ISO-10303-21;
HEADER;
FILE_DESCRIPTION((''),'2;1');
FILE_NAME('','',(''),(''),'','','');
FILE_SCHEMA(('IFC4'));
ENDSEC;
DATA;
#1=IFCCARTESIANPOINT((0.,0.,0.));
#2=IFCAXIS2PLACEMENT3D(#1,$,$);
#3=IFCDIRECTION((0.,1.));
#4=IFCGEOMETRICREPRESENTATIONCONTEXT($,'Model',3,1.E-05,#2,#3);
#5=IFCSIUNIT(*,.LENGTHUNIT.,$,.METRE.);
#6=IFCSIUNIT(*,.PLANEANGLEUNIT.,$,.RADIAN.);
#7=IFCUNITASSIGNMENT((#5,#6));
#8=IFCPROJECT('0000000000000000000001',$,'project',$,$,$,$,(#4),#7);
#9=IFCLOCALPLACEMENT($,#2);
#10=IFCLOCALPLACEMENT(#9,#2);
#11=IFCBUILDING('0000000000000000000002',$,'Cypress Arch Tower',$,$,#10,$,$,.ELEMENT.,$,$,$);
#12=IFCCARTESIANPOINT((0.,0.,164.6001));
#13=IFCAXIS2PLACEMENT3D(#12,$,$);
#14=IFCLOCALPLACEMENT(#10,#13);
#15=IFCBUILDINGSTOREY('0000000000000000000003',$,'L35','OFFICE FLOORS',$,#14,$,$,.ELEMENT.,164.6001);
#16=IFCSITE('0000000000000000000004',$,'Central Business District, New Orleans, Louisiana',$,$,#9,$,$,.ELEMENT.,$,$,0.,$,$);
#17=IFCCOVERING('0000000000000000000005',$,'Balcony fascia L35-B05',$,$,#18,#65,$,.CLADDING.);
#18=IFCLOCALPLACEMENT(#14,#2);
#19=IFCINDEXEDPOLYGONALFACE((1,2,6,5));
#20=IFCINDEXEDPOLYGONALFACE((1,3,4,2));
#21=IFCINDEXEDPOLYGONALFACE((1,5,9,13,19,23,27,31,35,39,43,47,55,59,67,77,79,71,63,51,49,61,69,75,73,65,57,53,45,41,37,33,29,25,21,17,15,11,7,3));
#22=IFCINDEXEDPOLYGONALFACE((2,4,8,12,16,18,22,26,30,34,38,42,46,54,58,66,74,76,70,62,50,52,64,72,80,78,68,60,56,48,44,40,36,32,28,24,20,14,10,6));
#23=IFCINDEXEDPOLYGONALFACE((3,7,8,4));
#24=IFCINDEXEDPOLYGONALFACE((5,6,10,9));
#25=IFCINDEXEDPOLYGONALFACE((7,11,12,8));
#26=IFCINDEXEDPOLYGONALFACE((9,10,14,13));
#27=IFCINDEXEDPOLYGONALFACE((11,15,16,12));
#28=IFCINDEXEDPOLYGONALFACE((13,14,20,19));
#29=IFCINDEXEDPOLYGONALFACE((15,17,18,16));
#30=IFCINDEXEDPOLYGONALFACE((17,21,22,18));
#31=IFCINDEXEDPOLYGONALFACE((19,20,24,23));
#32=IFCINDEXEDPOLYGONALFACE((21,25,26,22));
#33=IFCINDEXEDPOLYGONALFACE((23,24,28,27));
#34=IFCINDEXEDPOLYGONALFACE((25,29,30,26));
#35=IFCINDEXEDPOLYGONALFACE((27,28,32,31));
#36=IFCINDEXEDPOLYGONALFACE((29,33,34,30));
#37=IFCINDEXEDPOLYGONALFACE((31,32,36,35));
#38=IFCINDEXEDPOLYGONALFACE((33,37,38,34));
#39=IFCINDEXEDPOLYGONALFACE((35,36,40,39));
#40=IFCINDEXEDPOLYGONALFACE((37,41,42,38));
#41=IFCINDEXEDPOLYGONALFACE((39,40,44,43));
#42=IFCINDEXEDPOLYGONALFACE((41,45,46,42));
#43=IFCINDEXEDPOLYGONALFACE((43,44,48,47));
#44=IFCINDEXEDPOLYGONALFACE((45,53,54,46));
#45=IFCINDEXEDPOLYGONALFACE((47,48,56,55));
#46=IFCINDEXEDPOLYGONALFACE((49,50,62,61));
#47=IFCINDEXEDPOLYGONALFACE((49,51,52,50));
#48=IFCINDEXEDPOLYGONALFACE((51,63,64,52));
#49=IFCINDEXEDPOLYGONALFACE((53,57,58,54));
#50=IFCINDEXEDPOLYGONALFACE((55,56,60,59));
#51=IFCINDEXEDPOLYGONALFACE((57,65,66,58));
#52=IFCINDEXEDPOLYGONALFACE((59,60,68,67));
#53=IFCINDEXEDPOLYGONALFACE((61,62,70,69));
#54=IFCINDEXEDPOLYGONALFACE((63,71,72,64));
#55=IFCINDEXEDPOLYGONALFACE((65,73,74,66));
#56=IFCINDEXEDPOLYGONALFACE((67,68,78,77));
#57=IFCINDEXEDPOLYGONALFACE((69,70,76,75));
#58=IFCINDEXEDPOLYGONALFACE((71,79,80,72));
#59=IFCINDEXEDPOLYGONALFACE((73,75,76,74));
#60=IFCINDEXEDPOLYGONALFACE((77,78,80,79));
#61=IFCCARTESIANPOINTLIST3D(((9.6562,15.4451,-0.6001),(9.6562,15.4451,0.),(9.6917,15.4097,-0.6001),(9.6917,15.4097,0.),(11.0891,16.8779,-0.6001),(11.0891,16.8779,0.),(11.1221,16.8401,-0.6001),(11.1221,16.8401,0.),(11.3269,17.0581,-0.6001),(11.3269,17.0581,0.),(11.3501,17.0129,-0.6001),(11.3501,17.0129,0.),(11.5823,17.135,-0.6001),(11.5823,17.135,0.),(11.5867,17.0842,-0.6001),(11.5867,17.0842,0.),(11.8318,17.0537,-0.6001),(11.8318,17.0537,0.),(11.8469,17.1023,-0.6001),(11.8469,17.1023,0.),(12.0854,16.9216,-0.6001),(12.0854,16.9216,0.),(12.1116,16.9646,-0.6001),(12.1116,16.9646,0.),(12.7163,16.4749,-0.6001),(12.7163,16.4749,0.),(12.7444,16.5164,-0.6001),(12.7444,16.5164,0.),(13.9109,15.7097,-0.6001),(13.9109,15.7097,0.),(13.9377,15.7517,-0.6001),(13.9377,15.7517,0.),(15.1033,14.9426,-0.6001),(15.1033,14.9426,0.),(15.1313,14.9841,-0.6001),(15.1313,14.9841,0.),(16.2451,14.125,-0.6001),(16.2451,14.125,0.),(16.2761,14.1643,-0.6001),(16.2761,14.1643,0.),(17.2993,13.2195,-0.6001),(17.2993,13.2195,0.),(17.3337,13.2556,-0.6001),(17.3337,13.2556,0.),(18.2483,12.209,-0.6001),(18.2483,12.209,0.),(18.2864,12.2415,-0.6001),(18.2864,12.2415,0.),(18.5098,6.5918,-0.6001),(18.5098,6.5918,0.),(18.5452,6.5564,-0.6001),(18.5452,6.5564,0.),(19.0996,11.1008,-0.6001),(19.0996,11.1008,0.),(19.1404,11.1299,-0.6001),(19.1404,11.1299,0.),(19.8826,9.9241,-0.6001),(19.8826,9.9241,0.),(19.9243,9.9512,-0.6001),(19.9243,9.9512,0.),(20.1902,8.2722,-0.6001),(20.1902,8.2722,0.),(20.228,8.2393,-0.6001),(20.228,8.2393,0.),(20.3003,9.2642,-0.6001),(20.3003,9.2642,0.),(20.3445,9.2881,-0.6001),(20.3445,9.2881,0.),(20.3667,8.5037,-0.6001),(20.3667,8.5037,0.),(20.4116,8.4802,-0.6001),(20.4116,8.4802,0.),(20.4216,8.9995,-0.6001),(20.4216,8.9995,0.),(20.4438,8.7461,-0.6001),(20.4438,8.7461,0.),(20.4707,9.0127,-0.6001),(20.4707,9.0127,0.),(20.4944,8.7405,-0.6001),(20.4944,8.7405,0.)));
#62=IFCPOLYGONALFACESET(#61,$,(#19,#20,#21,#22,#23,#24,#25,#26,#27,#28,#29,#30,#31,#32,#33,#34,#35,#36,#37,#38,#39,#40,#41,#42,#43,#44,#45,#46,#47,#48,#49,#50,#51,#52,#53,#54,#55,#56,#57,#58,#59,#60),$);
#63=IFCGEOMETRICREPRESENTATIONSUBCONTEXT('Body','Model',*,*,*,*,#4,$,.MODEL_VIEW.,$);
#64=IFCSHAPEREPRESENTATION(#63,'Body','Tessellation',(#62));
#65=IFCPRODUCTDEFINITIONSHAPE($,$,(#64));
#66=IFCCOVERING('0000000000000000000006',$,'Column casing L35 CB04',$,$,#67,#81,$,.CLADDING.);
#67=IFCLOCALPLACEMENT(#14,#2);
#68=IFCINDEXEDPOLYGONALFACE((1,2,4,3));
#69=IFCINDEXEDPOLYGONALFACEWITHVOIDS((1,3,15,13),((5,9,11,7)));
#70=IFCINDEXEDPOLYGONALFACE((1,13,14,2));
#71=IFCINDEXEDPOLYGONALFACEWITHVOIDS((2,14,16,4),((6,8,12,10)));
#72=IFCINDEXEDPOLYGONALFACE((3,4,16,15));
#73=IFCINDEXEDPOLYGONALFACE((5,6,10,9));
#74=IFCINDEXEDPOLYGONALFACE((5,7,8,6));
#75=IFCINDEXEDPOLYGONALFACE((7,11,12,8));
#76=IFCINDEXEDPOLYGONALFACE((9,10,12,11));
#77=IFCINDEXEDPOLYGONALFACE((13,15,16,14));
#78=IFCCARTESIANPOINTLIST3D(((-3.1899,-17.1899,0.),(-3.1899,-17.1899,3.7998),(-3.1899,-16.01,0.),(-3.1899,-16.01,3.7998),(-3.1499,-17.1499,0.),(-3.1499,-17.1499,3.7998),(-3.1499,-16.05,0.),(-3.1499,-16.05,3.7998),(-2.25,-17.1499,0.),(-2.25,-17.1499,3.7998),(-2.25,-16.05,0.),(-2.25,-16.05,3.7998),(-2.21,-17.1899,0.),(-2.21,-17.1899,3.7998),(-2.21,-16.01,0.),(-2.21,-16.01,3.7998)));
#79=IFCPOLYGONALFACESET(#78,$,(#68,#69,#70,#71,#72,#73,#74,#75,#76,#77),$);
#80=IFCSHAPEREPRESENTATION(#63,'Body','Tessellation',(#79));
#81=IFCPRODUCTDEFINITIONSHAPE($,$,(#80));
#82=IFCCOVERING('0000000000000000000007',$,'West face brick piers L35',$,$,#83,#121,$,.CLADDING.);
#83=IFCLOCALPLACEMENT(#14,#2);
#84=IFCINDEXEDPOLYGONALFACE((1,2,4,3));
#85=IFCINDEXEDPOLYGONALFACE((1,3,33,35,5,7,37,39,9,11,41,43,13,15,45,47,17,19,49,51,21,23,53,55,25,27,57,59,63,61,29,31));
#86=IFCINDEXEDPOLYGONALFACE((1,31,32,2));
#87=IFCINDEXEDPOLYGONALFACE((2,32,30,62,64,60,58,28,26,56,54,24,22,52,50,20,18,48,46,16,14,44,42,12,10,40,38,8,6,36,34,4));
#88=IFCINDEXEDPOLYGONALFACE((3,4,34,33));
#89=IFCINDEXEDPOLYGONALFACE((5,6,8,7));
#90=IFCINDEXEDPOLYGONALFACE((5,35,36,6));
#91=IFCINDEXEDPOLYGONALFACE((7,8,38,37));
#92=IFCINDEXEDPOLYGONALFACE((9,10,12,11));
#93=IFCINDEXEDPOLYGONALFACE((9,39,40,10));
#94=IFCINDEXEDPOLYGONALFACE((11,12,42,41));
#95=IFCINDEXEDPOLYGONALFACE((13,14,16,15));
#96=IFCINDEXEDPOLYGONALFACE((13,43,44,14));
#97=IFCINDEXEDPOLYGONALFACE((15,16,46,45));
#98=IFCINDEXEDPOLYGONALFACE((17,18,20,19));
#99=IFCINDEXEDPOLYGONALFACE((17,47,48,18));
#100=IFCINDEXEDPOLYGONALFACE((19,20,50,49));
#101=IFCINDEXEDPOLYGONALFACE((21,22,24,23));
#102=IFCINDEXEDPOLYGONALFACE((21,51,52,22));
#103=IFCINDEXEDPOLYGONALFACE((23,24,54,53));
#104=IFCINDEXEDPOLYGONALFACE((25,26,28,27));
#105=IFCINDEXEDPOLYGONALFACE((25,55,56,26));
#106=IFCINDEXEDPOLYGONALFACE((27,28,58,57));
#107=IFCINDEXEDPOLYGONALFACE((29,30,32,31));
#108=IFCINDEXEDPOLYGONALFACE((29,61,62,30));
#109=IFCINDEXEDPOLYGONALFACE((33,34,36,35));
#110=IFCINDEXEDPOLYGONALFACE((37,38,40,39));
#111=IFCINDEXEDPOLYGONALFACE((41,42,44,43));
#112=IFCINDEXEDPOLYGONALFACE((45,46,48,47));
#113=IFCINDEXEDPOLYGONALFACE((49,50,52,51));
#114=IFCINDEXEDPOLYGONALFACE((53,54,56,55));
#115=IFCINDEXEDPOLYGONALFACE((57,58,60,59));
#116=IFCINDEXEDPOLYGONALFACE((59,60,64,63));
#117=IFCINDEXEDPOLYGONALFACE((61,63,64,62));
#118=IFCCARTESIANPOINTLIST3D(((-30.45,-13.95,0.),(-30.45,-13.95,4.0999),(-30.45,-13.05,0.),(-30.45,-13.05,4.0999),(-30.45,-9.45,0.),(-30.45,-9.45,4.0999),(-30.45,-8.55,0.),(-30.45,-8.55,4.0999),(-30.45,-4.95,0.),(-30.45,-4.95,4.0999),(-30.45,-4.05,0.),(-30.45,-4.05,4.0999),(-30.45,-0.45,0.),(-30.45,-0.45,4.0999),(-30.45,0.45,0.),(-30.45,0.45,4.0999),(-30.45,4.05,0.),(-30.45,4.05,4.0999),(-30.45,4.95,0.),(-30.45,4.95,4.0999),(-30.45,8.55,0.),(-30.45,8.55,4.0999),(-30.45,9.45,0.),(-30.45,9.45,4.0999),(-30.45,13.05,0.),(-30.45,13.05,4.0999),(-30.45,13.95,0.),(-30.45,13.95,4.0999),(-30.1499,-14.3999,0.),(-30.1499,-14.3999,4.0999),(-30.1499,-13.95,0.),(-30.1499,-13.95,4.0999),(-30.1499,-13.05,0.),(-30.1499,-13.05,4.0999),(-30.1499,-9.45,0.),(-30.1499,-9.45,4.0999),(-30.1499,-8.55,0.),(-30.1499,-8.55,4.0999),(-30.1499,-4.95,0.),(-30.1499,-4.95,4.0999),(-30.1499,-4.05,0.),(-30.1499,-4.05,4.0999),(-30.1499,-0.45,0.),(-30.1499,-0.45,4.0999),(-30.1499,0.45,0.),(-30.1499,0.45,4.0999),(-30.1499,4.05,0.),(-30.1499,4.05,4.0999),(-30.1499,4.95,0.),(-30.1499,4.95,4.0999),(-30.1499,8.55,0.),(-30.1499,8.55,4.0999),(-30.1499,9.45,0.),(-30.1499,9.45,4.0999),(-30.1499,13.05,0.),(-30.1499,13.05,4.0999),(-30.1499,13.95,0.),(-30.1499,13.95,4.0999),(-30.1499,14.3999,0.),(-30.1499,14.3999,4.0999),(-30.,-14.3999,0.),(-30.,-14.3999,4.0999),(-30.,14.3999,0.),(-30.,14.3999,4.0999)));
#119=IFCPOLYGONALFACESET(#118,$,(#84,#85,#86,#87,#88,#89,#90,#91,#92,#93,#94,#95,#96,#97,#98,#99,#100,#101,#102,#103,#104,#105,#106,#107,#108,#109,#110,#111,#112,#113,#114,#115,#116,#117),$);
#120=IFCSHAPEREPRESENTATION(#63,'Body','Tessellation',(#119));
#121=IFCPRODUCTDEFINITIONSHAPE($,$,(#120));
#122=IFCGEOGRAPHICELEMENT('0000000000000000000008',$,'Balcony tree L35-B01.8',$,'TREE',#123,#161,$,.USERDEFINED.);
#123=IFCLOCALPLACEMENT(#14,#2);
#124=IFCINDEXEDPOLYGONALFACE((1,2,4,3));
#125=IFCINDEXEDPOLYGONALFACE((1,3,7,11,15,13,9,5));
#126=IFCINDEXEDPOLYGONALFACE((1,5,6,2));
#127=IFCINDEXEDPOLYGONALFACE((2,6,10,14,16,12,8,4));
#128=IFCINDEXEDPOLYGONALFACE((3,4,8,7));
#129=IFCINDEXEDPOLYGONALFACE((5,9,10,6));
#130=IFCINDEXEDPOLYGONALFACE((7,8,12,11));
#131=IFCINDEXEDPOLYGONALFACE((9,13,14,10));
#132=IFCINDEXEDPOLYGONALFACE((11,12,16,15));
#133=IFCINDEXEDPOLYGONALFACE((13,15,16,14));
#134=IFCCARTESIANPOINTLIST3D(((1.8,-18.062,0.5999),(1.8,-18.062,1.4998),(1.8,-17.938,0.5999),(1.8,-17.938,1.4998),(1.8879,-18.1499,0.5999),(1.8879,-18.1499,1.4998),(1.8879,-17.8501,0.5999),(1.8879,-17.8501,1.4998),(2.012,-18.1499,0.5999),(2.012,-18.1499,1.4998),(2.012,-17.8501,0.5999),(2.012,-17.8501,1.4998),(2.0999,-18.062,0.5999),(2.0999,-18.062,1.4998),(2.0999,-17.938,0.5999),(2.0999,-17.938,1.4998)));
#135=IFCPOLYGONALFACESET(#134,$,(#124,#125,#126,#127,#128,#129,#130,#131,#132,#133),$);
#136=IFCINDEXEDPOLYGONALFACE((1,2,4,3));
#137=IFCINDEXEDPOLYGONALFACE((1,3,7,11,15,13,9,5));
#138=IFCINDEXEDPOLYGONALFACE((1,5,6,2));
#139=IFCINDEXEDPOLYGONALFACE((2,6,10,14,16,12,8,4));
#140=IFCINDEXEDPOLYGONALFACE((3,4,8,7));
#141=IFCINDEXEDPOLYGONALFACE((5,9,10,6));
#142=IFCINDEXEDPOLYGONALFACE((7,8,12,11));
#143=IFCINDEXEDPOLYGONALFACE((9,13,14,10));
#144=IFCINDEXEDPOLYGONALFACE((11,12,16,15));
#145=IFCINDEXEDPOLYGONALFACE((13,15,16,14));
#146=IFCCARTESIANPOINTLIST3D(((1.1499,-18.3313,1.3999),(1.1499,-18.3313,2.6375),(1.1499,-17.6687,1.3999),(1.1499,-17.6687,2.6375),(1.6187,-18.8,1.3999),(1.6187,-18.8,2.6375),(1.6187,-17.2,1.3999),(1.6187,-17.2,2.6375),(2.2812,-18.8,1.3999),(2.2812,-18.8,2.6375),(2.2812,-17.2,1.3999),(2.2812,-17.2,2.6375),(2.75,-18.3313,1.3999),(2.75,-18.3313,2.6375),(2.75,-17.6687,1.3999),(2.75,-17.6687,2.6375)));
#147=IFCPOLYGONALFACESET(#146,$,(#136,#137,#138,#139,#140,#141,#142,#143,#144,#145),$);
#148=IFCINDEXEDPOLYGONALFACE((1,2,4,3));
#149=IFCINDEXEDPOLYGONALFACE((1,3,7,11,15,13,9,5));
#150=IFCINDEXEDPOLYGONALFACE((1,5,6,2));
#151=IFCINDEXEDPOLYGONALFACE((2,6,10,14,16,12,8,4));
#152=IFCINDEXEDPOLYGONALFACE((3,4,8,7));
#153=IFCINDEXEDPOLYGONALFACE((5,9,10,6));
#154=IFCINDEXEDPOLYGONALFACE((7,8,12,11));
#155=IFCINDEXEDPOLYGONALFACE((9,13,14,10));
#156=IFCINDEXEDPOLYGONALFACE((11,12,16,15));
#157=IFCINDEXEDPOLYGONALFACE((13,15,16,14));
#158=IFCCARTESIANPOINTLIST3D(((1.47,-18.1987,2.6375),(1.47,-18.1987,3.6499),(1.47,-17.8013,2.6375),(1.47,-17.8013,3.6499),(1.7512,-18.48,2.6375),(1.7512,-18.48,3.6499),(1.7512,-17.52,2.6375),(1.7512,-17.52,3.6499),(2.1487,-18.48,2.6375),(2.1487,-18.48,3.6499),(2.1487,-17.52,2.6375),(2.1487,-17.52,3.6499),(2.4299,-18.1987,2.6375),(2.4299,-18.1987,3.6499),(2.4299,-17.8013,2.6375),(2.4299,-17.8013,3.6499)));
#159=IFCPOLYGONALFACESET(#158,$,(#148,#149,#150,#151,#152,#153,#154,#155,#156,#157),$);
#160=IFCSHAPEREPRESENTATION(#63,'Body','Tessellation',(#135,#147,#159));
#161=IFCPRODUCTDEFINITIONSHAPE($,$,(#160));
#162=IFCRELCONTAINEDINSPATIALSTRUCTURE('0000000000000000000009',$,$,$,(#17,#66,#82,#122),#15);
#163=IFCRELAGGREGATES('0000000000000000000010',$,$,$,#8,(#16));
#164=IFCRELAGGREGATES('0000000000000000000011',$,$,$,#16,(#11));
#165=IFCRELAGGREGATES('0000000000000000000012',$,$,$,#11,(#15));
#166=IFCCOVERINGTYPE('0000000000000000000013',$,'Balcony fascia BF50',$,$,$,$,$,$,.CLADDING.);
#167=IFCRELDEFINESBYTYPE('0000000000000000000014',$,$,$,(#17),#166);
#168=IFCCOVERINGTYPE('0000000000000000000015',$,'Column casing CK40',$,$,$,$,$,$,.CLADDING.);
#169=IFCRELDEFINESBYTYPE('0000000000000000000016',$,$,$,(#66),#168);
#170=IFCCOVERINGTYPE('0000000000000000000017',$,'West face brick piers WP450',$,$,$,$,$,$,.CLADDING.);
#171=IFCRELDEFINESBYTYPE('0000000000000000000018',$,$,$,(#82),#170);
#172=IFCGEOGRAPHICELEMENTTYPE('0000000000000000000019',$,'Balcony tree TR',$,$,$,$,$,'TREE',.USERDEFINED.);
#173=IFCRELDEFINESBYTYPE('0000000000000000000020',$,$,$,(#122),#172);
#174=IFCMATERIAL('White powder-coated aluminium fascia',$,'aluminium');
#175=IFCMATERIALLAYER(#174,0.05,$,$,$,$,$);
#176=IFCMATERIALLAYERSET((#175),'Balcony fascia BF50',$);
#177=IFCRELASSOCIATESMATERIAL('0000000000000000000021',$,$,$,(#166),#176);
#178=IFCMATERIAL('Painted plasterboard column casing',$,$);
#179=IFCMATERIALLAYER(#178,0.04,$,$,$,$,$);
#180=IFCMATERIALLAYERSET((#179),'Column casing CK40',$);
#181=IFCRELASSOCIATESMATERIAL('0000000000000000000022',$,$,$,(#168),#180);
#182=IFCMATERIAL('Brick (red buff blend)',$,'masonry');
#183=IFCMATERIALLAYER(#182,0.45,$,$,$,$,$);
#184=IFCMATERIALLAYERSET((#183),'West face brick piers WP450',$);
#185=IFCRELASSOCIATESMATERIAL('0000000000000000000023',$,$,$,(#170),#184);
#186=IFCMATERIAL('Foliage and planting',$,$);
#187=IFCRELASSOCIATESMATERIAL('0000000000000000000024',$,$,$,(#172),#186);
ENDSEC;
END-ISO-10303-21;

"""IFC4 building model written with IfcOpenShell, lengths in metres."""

from ifc_helpers import new_model, si_unit, direction, frame, origin, place, context, subcontext, project, spatial, polyline, outline, extrude, material, layer, layer_set, type_object, element, save


model = new_model("IFC4")

# Units and contexts
model_context = context("Model", 3, precision=1e-05, world=origin(), true_north=direction((0.0, 1.0)))
body_context = subcontext(model_context, "Body", "Model", "MODEL_VIEW")
ifc_project = project(units=[si_unit("LENGTHUNIT", "METRE"), si_unit("PLANEANGLEUNIT", "RADIAN")], contexts=[model_context])

# Site, building, storey
site_placement = place(None, origin())
site = spatial("IfcSite", under=ifc_project, at=site_placement, Name="Central Business District, New Orleans, Louisiana", CompositionType="ELEMENT", RefElevation=0.0)
building_placement = place(site_placement, origin())
building = spatial("IfcBuilding", under=site, at=building_placement, Name="Cypress Arch Tower", CompositionType="ELEMENT")
storey_placement = place(building_placement, frame((0.0, 0.0, 164.6001)))
storey = spatial("IfcBuildingStorey", under=building, at=storey_placement, Name="L35", Description="OFFICE FLOORS", CompositionType="ELEMENT", Elevation=164.6001)

# Coverings
ifc_material_1 = material(Name="White powder-coated aluminium fascia", Category="aluminium")
ifc_layer_1 = layer(ifc_material_1, 0.05)
ifc_layer_set_1 = layer_set([ifc_layer_1], Name="Balcony fascia BF50")
covering_type_1 = type_object("IfcCoveringType", Name="Balcony fascia BF50", PredefinedType="CLADDING", material=ifc_layer_set_1)
covering_1_placement = place(storey_placement, frame((0.0, 0.0, -0.6001)))
element("IfcCovering", 1, at=covering_1_placement, inside=storey, type_object=covering_type_1, Name="Balcony fascia L35-B05", PredefinedType="CLADDING", context=body_context, shape_type="SweptSolid", body=[
    extrude(outline(polyline([(11.0891, 16.8779), (11.3269, 17.0581), (11.5823, 17.135), (11.8469, 17.1023), (12.1116, 16.9646), (12.7444, 16.5164), (13.9377, 15.7517), (15.1313, 14.9841), (16.2761, 14.1643), (17.3337, 13.2556), (18.2864, 12.2415), (19.1404, 11.1299), (19.9243, 9.9512), (20.3445, 9.2881), (20.4707, 9.0127), (20.4944, 8.7405), (20.4116, 8.4802), (20.228, 8.2393), (18.5452, 6.5564), (18.5098, 6.5918), (20.1902, 8.2722), (20.3667, 8.5037), (20.4438, 8.7461), (20.4216, 8.9995), (20.3003, 9.2642), (19.8826, 9.9241), (19.0996, 11.1008), (18.2483, 12.209), (17.2993, 13.2195), (16.2451, 14.125), (15.1033, 14.9426), (13.9109, 15.7097), (12.7163, 16.4749), (12.0854, 16.9216), (11.8318, 17.0537), (11.5867, 17.0842), (11.3501, 17.0129), (11.1221, 16.8401), (9.6917, 15.4097), (9.6562, 15.4451), (11.0891, 16.8779)])), origin(), (0.0, 0.0, 1.0), 0.6001),
])
ifc_material_2 = material(Name="Painted plasterboard column casing")
ifc_layer_2 = layer(ifc_material_2, 0.04)
ifc_layer_set_2 = layer_set([ifc_layer_2], Name="Column casing CK40")
covering_type_2 = type_object("IfcCoveringType", Name="Column casing CK40", PredefinedType="CLADDING", material=ifc_layer_set_2)
covering_2_placement = place(storey_placement, origin())
element("IfcCovering", 2, at=covering_2_placement, inside=storey, type_object=covering_type_2, Name="Column casing L35 CB04", PredefinedType="CLADDING", context=body_context, shape_type="SweptSolid", body=[
    extrude(outline(polyline([(-3.1899, -17.1899), (-3.1899, -16.01), (-2.21, -16.01), (-2.21, -17.1899), (-3.1899, -17.1899)]), holes=[polyline([(-3.1499, -17.1499), (-2.25, -17.1499), (-2.25, -16.05), (-3.1499, -16.05), (-3.1499, -17.1499)])]), origin(), (0.0, 0.0, 1.0), 3.7998),
])
ifc_material_3 = material(Name="Brick (red buff blend)", Category="masonry")
ifc_layer_3 = layer(ifc_material_3, 0.45)
ifc_layer_set_3 = layer_set([ifc_layer_3], Name="West face brick piers WP450")
covering_type_3 = type_object("IfcCoveringType", Name="West face brick piers WP450", PredefinedType="CLADDING", material=ifc_layer_set_3)
covering_3_placement = place(storey_placement, origin())
element("IfcCovering", 3, at=covering_3_placement, inside=storey, type_object=covering_type_3, Name="West face brick piers L35", PredefinedType="CLADDING", context=body_context, shape_type="SweptSolid", body=[
    extrude(outline(polyline([(-30.1499, -13.05), (-30.1499, -9.45), (-30.45, -9.45), (-30.45, -8.55), (-30.1499, -8.55), (-30.1499, -4.95), (-30.45, -4.95), (-30.45, -4.05), (-30.1499, -4.05), (-30.1499, -0.45), (-30.45, -0.45), (-30.45, 0.45), (-30.1499, 0.45), (-30.1499, 4.05), (-30.45, 4.05), (-30.45, 4.95), (-30.1499, 4.95), (-30.1499, 8.55), (-30.45, 8.55), (-30.45, 9.45), (-30.1499, 9.45), (-30.1499, 13.05), (-30.45, 13.05), (-30.45, 13.95), (-30.1499, 13.95), (-30.1499, 14.3999), (-30.0, 14.3999), (-30.0, -14.3999), (-30.1499, -14.3999), (-30.1499, -13.95), (-30.45, -13.95), (-30.45, -13.05), (-30.1499, -13.05)])), origin(), (0.0, 0.0, 1.0), 4.0999),
])

# Geographic element
ifc_material_4 = material(Name="Foliage and planting")
geographic_element_type = type_object("IfcGeographicElementType", Name="Balcony tree TR", ElementType="TREE", PredefinedType="USERDEFINED", material=ifc_material_4)
for number, where, z_axis, x_axis, name in (
    (4, (1.95, -18.0, 0.5999), (0.0, 0.0, 1.0), (1.0, 0.0, 0.0), "Balcony tree L35-B01.8"),
):
    element("IfcGeographicElement", number, at=place(storey_placement, frame(where, z_axis=z_axis, x_axis=x_axis)), inside=storey, type_object=geographic_element_type, Name=name, ObjectType="TREE", PredefinedType="USERDEFINED", context=body_context, shape_type="SweptSolid", body=[
        extrude(outline(polyline([(0.1499, 0.062), (0.062, 0.1499), (-0.062, 0.1499), (-0.1499, 0.062), (-0.1499, -0.062), (-0.062, -0.1499), (0.062, -0.1499), (0.1499, -0.062), (0.1499, 0.062)])), origin(), (0.0, 0.0, 1.0), 0.8999),
        extrude(outline(polyline([(0.8, 0.3313), (0.3313, 0.8), (-0.3313, 0.8), (-0.8, 0.3313), (-0.8, -0.3313), (-0.3313, -0.8), (0.3313, -0.8), (0.8, -0.3313), (0.8, 0.3313)])), frame((0.0, 0.0, 0.8)), (0.0, 0.0, 1.0), 1.2375),
        extrude(outline(polyline([(0.48, 0.1987), (0.1987, 0.48), (-0.1987, 0.48), (-0.48, 0.1987), (-0.48, -0.1987), (-0.1987, -0.48), (0.1987, -0.48), (0.48, -0.1987), (0.48, 0.1987)])), frame((0.0, 0.0, 2.0376)), (0.0, 0.0, 1.0), 1.0125),
    ])

save(model, "model.ifc")
